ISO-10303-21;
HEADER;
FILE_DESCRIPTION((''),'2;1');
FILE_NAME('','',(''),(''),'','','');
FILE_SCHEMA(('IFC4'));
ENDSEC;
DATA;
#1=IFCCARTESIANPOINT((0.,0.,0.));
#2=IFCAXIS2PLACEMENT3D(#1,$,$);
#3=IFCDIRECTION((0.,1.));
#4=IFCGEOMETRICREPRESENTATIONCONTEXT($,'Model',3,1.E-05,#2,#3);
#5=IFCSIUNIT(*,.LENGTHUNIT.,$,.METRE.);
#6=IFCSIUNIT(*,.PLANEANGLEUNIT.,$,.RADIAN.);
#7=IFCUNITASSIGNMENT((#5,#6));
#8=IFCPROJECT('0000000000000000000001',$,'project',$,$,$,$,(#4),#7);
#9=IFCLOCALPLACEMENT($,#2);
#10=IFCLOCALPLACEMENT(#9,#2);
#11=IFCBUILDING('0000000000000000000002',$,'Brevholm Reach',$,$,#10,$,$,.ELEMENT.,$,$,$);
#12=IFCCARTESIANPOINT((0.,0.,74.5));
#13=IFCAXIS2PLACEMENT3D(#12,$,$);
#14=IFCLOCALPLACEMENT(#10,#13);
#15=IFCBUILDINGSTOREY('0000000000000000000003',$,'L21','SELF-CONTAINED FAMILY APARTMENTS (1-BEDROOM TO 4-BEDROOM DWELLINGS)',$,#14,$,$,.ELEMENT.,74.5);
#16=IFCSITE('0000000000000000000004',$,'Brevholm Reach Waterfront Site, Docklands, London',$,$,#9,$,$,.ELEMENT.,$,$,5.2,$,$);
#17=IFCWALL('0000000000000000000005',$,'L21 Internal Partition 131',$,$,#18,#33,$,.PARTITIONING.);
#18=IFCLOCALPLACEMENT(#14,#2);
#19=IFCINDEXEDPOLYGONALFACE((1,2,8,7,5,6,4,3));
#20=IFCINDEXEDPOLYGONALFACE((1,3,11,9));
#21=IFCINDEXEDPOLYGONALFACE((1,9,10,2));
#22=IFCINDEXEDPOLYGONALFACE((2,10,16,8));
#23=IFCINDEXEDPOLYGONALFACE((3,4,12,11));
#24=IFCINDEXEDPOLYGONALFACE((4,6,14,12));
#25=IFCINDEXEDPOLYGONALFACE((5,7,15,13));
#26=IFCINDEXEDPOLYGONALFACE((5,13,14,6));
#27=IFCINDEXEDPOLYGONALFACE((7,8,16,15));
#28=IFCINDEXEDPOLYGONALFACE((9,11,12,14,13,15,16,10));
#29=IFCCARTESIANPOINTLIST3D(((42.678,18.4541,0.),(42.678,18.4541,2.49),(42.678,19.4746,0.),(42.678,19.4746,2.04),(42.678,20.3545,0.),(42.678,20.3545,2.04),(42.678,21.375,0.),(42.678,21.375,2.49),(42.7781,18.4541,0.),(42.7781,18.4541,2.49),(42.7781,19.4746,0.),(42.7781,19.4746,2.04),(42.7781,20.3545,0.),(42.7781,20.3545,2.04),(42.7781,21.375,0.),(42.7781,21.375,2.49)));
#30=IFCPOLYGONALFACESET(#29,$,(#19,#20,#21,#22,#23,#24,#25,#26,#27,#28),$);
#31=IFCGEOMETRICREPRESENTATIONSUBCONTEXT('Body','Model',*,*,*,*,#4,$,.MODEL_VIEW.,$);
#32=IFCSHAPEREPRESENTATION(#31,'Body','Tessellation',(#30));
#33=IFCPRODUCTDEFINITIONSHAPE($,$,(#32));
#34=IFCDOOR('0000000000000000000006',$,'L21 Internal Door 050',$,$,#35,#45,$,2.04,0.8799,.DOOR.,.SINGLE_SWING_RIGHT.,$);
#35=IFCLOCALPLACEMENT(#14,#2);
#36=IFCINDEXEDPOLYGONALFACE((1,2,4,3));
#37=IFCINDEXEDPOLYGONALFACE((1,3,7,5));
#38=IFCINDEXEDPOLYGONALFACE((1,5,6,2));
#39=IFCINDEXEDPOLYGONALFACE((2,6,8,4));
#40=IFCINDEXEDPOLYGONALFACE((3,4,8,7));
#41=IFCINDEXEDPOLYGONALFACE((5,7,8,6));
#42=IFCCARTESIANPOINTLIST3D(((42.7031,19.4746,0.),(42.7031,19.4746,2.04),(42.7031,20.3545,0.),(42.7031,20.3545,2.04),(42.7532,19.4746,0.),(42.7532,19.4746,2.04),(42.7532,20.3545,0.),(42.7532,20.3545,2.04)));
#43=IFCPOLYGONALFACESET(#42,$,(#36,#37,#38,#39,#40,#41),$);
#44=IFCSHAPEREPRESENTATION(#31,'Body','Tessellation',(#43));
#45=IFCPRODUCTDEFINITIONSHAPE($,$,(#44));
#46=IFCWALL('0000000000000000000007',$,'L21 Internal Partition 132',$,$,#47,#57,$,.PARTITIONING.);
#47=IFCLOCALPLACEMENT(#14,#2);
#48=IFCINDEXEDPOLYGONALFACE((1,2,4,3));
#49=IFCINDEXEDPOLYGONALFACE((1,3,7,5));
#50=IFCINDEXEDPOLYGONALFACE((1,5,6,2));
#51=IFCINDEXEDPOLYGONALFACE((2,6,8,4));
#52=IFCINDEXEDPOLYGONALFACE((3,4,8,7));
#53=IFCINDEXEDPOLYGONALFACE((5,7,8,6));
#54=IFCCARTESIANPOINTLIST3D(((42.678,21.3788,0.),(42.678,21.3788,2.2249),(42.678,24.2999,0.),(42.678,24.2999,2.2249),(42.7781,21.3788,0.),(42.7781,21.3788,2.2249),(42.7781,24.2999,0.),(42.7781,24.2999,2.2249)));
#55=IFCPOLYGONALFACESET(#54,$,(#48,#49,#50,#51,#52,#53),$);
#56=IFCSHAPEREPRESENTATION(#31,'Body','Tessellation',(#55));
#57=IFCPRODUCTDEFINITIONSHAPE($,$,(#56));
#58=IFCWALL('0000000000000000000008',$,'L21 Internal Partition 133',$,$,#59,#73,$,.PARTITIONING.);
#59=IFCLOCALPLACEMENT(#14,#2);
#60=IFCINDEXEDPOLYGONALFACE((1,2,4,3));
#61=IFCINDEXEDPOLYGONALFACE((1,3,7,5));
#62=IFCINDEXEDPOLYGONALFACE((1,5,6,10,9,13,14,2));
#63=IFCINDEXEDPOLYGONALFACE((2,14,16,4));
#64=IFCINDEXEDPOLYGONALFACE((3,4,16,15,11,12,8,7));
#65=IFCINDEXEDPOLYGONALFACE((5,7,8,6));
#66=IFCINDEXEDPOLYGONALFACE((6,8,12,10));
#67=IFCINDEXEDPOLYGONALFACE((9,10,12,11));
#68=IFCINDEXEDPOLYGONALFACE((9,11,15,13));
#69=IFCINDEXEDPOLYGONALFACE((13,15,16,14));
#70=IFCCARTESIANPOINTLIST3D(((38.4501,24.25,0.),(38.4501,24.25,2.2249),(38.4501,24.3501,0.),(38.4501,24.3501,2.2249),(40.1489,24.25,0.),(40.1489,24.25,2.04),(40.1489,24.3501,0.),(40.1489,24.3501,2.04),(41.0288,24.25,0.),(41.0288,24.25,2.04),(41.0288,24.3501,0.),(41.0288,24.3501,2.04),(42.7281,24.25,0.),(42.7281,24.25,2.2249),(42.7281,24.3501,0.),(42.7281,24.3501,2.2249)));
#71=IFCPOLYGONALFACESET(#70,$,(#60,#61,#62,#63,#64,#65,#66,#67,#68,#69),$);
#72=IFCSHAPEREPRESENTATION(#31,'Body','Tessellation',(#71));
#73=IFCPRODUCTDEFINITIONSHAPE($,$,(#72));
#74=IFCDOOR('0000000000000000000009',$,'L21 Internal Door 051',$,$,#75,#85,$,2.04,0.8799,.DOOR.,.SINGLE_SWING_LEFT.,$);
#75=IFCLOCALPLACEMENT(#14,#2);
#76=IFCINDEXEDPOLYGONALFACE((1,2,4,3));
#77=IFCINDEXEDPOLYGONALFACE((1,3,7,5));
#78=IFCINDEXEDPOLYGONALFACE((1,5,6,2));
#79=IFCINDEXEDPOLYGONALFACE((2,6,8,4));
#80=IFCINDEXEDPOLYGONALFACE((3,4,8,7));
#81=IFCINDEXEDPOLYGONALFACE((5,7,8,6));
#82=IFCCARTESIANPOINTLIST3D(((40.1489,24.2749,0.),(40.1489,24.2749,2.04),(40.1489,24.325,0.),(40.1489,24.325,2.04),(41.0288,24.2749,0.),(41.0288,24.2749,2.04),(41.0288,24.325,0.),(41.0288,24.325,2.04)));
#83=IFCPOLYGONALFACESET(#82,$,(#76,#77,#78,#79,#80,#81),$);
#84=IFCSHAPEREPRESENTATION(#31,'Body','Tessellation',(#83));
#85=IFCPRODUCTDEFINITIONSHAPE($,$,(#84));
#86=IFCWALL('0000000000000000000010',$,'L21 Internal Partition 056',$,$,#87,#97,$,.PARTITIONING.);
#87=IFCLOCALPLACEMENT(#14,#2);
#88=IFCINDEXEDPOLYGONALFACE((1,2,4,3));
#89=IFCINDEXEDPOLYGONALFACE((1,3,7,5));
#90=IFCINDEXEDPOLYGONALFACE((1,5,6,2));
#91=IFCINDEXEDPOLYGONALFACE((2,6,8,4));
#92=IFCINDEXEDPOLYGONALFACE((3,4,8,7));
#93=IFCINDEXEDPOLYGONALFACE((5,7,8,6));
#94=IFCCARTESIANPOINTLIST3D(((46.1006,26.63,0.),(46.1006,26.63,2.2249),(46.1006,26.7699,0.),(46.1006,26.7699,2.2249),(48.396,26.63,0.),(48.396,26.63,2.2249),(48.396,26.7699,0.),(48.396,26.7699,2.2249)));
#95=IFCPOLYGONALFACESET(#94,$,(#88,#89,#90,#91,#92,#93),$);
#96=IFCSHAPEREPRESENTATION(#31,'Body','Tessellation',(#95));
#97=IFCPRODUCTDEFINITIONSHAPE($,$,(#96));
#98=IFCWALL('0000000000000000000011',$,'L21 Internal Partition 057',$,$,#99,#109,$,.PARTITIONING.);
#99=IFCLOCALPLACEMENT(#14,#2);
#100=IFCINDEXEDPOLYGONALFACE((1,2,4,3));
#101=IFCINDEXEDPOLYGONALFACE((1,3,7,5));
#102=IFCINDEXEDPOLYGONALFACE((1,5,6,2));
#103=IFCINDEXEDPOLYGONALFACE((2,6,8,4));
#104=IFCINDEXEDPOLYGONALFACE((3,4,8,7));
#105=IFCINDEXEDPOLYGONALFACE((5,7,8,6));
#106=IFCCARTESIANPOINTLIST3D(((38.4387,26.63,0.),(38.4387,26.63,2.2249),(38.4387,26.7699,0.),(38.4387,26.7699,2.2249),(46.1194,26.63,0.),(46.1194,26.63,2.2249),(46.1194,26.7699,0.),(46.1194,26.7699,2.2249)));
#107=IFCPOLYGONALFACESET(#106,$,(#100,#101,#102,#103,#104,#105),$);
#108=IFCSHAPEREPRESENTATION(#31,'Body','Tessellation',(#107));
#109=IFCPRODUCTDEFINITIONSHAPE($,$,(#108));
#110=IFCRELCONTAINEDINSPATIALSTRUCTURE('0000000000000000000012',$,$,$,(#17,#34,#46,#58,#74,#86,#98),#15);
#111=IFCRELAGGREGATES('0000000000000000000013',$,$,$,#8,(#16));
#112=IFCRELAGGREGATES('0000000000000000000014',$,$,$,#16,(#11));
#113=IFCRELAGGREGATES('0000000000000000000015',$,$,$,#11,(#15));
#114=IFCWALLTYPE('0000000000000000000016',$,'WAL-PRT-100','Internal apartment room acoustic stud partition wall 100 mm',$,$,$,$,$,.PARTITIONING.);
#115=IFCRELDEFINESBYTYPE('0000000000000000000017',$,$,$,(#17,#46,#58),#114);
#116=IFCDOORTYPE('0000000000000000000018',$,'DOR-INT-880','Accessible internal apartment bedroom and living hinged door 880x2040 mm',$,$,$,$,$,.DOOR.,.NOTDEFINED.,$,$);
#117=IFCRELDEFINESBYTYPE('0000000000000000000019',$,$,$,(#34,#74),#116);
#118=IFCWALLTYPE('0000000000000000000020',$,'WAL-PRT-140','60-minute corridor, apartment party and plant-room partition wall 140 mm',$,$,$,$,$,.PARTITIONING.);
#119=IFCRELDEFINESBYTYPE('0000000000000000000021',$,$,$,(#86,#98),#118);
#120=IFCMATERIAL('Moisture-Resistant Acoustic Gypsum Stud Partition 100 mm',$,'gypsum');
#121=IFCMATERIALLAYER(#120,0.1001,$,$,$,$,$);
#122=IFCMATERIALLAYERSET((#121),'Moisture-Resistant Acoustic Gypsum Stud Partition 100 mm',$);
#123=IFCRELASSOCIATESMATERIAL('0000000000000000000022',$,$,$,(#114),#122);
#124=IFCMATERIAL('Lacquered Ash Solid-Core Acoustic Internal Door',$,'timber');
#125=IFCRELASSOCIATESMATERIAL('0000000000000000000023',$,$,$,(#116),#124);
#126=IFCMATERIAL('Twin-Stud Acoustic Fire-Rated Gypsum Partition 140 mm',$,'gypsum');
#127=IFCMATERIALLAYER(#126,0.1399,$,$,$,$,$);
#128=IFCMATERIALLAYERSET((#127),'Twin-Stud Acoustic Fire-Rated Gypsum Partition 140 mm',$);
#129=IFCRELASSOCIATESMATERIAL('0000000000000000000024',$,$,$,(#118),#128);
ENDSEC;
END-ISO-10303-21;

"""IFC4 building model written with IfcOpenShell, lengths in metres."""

from ifc_helpers import new_model, si_unit, direction, frame, frame_2d, origin, place, context, subcontext, project, spatial, rectangle, extrude, material, layer, layer_set, type_object, element, fill, save


model = new_model("IFC4")

# Units and contexts
model_context = context("Model", 3, precision=1e-05, world=origin(), true_north=direction((0.0, 1.0)))
body_context = subcontext(model_context, "Body", "Model", "MODEL_VIEW")
ifc_project = project(units=[si_unit("LENGTHUNIT", "METRE"), si_unit("PLANEANGLEUNIT", "RADIAN")], contexts=[model_context])

# Site, building, storey
site_placement = place(None, origin())
site = spatial("IfcSite", under=ifc_project, at=site_placement, Name="Brevholm Reach Waterfront Site, Docklands, London", CompositionType="ELEMENT", RefElevation=5.2)
building_placement = place(site_placement, origin())
building = spatial("IfcBuilding", under=site, at=building_placement, Name="Brevholm Reach", CompositionType="ELEMENT")
storey_placement = place(building_placement, frame((0.0, 0.0, 74.5)))
storey = spatial("IfcBuildingStorey", under=building, at=storey_placement, Name="L21", Description="SELF-CONTAINED FAMILY APARTMENTS (1-BEDROOM TO 4-BEDROOM DWELLINGS)", CompositionType="ELEMENT", Elevation=74.5)

# Shared definitions
ifc_material_1 = material(Name="Moisture-Resistant Acoustic Gypsum Stud Partition 100 mm", Category="gypsum")
ifc_layer_1 = layer(ifc_material_1, 0.1001)
ifc_layer_set_1 = layer_set([ifc_layer_1], Name="Moisture-Resistant Acoustic Gypsum Stud Partition 100 mm")
wall_type_1 = type_object("IfcWallType", Name="WAL-PRT-100", Description="Internal apartment room acoustic stud partition wall 100 mm", PredefinedType="PARTITIONING", material=ifc_layer_set_1)

# Shared definitions
ifc_material_2 = material(Name="Lacquered Ash Solid-Core Acoustic Internal Door", Category="timber")
door_type = type_object("IfcDoorType", Name="DOR-INT-880", Description="Accessible internal apartment bedroom and living hinged door 880x2040 mm", OperationType="NOTDEFINED", PredefinedType="DOOR", material=ifc_material_2)

# Wall, opening, door
wall_1_placement = place(storey_placement, frame((42.728, 18.4541, 0.0), z_axis=(0.0, 0.0, 1.0), x_axis=(0.0, 1.0, 0.0)))
wall_1 = element("IfcWall", 1, at=wall_1_placement, inside=storey, type_object=wall_type_1, Name="L21 Internal Partition 131", PredefinedType="PARTITIONING", context=body_context, shape_type="SweptSolid", body=[
    extrude(rectangle(XDim=2.9209, YDim=0.1001, at=frame_2d((1.4604, 0.0))), origin(), (0.0, 0.0, 1.0), 2.49),
])
opening_1_placement = place(wall_1_placement, frame((1.0205, 0.0, 0.0)))
opening_1 = element("IfcOpeningElement", 2, at=opening_1_placement, cuts=wall_1, PredefinedType="OPENING", context=body_context, shape_type="SweptSolid", body=[
    extrude(rectangle(XDim=0.8799, YDim=2.04, at=frame_2d((0.4399, 1.02))), frame((0.0, 0.0601, 0.0), z_axis=(0.0, -1.0, 0.0), x_axis=(1.0, 0.0, 0.0)), (0.0, 0.0, 1.0), 0.1201),
])
door_1_placement = place(opening_1_placement, origin())
door_1 = element("IfcDoor", 3, at=door_1_placement, inside=storey, type_object=door_type, Name="L21 Internal Door 050", OperationType="SINGLE_SWING_RIGHT", OverallHeight=2.04, OverallWidth=0.8799, PredefinedType="DOOR", context=body_context, shape_type="SweptSolid", body=[
    extrude(rectangle(XDim=0.8799, YDim=2.04, at=frame_2d((0.4399, 1.02))), frame((0.0, 0.0249, 0.0), z_axis=(0.0, -1.0, 0.0), x_axis=(1.0, 0.0, 0.0)), (0.0, 0.0, 1.0), 0.05),
])
fill(opening_1, door_1)

# Wall
wall_2_placement = place(storey_placement, frame((42.728, 21.3789, 0.0), z_axis=(0.0, 0.0, 1.0), x_axis=(0.0, 1.0, 0.0)))
element("IfcWall", 4, at=wall_2_placement, inside=storey, type_object=wall_type_1, Name="L21 Internal Partition 132", PredefinedType="PARTITIONING", context=body_context, shape_type="SweptSolid", body=[
    extrude(rectangle(XDim=2.9211, YDim=0.1001, at=frame_2d((1.4604, 0.0))), origin(), (0.0, 0.0, 1.0), 2.2249),
])

# Wall, opening, door
wall_3_placement = place(storey_placement, frame((38.45, 24.3, 0.0), z_axis=(0.0, 0.0, 1.0), x_axis=(1.0, 0.0, 0.0)))
wall_3 = element("IfcWall", 5, at=wall_3_placement, inside=storey, type_object=wall_type_1, Name="L21 Internal Partition 133", PredefinedType="PARTITIONING", context=body_context, shape_type="SweptSolid", body=[
    extrude(rectangle(XDim=4.2781, YDim=0.1001, at=frame_2d((2.1392, 0.0))), origin(), (0.0, 0.0, 1.0), 2.2249),
])
opening_2_placement = place(wall_3_placement, frame((1.699, 0.0, 0.0)))
opening_2 = element("IfcOpeningElement", 6, at=opening_2_placement, cuts=wall_3, PredefinedType="OPENING", context=body_context, shape_type="SweptSolid", body=[
    extrude(rectangle(XDim=0.8799, YDim=2.04, at=frame_2d((0.4399, 1.02))), frame((0.0, 0.0601, 0.0), z_axis=(0.0, -1.0, 0.0), x_axis=(1.0, 0.0, 0.0)), (0.0, 0.0, 1.0), 0.1201),
])
door_2_placement = place(opening_2_placement, origin())
door_2 = element("IfcDoor", 7, at=door_2_placement, inside=storey, type_object=door_type, Name="L21 Internal Door 051", OperationType="SINGLE_SWING_LEFT", OverallHeight=2.04, OverallWidth=0.8799, PredefinedType="DOOR", context=body_context, shape_type="SweptSolid", body=[
    extrude(rectangle(XDim=0.8799, YDim=2.04, at=frame_2d((0.4399, 1.02))), frame((0.0, 0.0249, 0.0), z_axis=(0.0, -1.0, 0.0), x_axis=(1.0, 0.0, 0.0)), (0.0, 0.0, 1.0), 0.05),
])
fill(opening_2, door_2)

# Walls
ifc_material_3 = material(Name="Twin-Stud Acoustic Fire-Rated Gypsum Partition 140 mm", Category="gypsum")
ifc_layer_2 = layer(ifc_material_3, 0.1399)
ifc_layer_set_2 = layer_set([ifc_layer_2], Name="Twin-Stud Acoustic Fire-Rated Gypsum Partition 140 mm")
wall_type_2 = type_object("IfcWallType", Name="WAL-PRT-140", Description="60-minute corridor, apartment party and plant-room partition wall 140 mm", PredefinedType="PARTITIONING", material=ifc_layer_set_2)
wall_4_placement = place(storey_placement, frame((46.1006, 26.7, 0.0), z_axis=(0.0, 0.0, 1.0), x_axis=(1.0, 0.0, 0.0)))
element("IfcWall", 8, at=wall_4_placement, inside=storey, type_object=wall_type_2, Name="L21 Internal Partition 056", PredefinedType="PARTITIONING", context=body_context, shape_type="SweptSolid", body=[
    extrude(rectangle(XDim=2.2954, YDim=0.1399, at=frame_2d((1.1477, 0.0))), origin(), (0.0, 0.0, 1.0), 2.2249),
])
wall_5_placement = place(storey_placement, frame((38.4387, 26.7, 0.0), z_axis=(0.0, 0.0, 1.0), x_axis=(1.0, 0.0, 0.0)))
element("IfcWall", 9, at=wall_5_placement, inside=storey, type_object=wall_type_2, Name="L21 Internal Partition 057", PredefinedType="PARTITIONING", context=body_context, shape_type="SweptSolid", body=[
    extrude(rectangle(XDim=7.6807, YDim=0.1399, at=frame_2d((3.8403, 0.0))), origin(), (0.0, 0.0, 1.0), 2.2249),
])

save(model, "model.ifc")
